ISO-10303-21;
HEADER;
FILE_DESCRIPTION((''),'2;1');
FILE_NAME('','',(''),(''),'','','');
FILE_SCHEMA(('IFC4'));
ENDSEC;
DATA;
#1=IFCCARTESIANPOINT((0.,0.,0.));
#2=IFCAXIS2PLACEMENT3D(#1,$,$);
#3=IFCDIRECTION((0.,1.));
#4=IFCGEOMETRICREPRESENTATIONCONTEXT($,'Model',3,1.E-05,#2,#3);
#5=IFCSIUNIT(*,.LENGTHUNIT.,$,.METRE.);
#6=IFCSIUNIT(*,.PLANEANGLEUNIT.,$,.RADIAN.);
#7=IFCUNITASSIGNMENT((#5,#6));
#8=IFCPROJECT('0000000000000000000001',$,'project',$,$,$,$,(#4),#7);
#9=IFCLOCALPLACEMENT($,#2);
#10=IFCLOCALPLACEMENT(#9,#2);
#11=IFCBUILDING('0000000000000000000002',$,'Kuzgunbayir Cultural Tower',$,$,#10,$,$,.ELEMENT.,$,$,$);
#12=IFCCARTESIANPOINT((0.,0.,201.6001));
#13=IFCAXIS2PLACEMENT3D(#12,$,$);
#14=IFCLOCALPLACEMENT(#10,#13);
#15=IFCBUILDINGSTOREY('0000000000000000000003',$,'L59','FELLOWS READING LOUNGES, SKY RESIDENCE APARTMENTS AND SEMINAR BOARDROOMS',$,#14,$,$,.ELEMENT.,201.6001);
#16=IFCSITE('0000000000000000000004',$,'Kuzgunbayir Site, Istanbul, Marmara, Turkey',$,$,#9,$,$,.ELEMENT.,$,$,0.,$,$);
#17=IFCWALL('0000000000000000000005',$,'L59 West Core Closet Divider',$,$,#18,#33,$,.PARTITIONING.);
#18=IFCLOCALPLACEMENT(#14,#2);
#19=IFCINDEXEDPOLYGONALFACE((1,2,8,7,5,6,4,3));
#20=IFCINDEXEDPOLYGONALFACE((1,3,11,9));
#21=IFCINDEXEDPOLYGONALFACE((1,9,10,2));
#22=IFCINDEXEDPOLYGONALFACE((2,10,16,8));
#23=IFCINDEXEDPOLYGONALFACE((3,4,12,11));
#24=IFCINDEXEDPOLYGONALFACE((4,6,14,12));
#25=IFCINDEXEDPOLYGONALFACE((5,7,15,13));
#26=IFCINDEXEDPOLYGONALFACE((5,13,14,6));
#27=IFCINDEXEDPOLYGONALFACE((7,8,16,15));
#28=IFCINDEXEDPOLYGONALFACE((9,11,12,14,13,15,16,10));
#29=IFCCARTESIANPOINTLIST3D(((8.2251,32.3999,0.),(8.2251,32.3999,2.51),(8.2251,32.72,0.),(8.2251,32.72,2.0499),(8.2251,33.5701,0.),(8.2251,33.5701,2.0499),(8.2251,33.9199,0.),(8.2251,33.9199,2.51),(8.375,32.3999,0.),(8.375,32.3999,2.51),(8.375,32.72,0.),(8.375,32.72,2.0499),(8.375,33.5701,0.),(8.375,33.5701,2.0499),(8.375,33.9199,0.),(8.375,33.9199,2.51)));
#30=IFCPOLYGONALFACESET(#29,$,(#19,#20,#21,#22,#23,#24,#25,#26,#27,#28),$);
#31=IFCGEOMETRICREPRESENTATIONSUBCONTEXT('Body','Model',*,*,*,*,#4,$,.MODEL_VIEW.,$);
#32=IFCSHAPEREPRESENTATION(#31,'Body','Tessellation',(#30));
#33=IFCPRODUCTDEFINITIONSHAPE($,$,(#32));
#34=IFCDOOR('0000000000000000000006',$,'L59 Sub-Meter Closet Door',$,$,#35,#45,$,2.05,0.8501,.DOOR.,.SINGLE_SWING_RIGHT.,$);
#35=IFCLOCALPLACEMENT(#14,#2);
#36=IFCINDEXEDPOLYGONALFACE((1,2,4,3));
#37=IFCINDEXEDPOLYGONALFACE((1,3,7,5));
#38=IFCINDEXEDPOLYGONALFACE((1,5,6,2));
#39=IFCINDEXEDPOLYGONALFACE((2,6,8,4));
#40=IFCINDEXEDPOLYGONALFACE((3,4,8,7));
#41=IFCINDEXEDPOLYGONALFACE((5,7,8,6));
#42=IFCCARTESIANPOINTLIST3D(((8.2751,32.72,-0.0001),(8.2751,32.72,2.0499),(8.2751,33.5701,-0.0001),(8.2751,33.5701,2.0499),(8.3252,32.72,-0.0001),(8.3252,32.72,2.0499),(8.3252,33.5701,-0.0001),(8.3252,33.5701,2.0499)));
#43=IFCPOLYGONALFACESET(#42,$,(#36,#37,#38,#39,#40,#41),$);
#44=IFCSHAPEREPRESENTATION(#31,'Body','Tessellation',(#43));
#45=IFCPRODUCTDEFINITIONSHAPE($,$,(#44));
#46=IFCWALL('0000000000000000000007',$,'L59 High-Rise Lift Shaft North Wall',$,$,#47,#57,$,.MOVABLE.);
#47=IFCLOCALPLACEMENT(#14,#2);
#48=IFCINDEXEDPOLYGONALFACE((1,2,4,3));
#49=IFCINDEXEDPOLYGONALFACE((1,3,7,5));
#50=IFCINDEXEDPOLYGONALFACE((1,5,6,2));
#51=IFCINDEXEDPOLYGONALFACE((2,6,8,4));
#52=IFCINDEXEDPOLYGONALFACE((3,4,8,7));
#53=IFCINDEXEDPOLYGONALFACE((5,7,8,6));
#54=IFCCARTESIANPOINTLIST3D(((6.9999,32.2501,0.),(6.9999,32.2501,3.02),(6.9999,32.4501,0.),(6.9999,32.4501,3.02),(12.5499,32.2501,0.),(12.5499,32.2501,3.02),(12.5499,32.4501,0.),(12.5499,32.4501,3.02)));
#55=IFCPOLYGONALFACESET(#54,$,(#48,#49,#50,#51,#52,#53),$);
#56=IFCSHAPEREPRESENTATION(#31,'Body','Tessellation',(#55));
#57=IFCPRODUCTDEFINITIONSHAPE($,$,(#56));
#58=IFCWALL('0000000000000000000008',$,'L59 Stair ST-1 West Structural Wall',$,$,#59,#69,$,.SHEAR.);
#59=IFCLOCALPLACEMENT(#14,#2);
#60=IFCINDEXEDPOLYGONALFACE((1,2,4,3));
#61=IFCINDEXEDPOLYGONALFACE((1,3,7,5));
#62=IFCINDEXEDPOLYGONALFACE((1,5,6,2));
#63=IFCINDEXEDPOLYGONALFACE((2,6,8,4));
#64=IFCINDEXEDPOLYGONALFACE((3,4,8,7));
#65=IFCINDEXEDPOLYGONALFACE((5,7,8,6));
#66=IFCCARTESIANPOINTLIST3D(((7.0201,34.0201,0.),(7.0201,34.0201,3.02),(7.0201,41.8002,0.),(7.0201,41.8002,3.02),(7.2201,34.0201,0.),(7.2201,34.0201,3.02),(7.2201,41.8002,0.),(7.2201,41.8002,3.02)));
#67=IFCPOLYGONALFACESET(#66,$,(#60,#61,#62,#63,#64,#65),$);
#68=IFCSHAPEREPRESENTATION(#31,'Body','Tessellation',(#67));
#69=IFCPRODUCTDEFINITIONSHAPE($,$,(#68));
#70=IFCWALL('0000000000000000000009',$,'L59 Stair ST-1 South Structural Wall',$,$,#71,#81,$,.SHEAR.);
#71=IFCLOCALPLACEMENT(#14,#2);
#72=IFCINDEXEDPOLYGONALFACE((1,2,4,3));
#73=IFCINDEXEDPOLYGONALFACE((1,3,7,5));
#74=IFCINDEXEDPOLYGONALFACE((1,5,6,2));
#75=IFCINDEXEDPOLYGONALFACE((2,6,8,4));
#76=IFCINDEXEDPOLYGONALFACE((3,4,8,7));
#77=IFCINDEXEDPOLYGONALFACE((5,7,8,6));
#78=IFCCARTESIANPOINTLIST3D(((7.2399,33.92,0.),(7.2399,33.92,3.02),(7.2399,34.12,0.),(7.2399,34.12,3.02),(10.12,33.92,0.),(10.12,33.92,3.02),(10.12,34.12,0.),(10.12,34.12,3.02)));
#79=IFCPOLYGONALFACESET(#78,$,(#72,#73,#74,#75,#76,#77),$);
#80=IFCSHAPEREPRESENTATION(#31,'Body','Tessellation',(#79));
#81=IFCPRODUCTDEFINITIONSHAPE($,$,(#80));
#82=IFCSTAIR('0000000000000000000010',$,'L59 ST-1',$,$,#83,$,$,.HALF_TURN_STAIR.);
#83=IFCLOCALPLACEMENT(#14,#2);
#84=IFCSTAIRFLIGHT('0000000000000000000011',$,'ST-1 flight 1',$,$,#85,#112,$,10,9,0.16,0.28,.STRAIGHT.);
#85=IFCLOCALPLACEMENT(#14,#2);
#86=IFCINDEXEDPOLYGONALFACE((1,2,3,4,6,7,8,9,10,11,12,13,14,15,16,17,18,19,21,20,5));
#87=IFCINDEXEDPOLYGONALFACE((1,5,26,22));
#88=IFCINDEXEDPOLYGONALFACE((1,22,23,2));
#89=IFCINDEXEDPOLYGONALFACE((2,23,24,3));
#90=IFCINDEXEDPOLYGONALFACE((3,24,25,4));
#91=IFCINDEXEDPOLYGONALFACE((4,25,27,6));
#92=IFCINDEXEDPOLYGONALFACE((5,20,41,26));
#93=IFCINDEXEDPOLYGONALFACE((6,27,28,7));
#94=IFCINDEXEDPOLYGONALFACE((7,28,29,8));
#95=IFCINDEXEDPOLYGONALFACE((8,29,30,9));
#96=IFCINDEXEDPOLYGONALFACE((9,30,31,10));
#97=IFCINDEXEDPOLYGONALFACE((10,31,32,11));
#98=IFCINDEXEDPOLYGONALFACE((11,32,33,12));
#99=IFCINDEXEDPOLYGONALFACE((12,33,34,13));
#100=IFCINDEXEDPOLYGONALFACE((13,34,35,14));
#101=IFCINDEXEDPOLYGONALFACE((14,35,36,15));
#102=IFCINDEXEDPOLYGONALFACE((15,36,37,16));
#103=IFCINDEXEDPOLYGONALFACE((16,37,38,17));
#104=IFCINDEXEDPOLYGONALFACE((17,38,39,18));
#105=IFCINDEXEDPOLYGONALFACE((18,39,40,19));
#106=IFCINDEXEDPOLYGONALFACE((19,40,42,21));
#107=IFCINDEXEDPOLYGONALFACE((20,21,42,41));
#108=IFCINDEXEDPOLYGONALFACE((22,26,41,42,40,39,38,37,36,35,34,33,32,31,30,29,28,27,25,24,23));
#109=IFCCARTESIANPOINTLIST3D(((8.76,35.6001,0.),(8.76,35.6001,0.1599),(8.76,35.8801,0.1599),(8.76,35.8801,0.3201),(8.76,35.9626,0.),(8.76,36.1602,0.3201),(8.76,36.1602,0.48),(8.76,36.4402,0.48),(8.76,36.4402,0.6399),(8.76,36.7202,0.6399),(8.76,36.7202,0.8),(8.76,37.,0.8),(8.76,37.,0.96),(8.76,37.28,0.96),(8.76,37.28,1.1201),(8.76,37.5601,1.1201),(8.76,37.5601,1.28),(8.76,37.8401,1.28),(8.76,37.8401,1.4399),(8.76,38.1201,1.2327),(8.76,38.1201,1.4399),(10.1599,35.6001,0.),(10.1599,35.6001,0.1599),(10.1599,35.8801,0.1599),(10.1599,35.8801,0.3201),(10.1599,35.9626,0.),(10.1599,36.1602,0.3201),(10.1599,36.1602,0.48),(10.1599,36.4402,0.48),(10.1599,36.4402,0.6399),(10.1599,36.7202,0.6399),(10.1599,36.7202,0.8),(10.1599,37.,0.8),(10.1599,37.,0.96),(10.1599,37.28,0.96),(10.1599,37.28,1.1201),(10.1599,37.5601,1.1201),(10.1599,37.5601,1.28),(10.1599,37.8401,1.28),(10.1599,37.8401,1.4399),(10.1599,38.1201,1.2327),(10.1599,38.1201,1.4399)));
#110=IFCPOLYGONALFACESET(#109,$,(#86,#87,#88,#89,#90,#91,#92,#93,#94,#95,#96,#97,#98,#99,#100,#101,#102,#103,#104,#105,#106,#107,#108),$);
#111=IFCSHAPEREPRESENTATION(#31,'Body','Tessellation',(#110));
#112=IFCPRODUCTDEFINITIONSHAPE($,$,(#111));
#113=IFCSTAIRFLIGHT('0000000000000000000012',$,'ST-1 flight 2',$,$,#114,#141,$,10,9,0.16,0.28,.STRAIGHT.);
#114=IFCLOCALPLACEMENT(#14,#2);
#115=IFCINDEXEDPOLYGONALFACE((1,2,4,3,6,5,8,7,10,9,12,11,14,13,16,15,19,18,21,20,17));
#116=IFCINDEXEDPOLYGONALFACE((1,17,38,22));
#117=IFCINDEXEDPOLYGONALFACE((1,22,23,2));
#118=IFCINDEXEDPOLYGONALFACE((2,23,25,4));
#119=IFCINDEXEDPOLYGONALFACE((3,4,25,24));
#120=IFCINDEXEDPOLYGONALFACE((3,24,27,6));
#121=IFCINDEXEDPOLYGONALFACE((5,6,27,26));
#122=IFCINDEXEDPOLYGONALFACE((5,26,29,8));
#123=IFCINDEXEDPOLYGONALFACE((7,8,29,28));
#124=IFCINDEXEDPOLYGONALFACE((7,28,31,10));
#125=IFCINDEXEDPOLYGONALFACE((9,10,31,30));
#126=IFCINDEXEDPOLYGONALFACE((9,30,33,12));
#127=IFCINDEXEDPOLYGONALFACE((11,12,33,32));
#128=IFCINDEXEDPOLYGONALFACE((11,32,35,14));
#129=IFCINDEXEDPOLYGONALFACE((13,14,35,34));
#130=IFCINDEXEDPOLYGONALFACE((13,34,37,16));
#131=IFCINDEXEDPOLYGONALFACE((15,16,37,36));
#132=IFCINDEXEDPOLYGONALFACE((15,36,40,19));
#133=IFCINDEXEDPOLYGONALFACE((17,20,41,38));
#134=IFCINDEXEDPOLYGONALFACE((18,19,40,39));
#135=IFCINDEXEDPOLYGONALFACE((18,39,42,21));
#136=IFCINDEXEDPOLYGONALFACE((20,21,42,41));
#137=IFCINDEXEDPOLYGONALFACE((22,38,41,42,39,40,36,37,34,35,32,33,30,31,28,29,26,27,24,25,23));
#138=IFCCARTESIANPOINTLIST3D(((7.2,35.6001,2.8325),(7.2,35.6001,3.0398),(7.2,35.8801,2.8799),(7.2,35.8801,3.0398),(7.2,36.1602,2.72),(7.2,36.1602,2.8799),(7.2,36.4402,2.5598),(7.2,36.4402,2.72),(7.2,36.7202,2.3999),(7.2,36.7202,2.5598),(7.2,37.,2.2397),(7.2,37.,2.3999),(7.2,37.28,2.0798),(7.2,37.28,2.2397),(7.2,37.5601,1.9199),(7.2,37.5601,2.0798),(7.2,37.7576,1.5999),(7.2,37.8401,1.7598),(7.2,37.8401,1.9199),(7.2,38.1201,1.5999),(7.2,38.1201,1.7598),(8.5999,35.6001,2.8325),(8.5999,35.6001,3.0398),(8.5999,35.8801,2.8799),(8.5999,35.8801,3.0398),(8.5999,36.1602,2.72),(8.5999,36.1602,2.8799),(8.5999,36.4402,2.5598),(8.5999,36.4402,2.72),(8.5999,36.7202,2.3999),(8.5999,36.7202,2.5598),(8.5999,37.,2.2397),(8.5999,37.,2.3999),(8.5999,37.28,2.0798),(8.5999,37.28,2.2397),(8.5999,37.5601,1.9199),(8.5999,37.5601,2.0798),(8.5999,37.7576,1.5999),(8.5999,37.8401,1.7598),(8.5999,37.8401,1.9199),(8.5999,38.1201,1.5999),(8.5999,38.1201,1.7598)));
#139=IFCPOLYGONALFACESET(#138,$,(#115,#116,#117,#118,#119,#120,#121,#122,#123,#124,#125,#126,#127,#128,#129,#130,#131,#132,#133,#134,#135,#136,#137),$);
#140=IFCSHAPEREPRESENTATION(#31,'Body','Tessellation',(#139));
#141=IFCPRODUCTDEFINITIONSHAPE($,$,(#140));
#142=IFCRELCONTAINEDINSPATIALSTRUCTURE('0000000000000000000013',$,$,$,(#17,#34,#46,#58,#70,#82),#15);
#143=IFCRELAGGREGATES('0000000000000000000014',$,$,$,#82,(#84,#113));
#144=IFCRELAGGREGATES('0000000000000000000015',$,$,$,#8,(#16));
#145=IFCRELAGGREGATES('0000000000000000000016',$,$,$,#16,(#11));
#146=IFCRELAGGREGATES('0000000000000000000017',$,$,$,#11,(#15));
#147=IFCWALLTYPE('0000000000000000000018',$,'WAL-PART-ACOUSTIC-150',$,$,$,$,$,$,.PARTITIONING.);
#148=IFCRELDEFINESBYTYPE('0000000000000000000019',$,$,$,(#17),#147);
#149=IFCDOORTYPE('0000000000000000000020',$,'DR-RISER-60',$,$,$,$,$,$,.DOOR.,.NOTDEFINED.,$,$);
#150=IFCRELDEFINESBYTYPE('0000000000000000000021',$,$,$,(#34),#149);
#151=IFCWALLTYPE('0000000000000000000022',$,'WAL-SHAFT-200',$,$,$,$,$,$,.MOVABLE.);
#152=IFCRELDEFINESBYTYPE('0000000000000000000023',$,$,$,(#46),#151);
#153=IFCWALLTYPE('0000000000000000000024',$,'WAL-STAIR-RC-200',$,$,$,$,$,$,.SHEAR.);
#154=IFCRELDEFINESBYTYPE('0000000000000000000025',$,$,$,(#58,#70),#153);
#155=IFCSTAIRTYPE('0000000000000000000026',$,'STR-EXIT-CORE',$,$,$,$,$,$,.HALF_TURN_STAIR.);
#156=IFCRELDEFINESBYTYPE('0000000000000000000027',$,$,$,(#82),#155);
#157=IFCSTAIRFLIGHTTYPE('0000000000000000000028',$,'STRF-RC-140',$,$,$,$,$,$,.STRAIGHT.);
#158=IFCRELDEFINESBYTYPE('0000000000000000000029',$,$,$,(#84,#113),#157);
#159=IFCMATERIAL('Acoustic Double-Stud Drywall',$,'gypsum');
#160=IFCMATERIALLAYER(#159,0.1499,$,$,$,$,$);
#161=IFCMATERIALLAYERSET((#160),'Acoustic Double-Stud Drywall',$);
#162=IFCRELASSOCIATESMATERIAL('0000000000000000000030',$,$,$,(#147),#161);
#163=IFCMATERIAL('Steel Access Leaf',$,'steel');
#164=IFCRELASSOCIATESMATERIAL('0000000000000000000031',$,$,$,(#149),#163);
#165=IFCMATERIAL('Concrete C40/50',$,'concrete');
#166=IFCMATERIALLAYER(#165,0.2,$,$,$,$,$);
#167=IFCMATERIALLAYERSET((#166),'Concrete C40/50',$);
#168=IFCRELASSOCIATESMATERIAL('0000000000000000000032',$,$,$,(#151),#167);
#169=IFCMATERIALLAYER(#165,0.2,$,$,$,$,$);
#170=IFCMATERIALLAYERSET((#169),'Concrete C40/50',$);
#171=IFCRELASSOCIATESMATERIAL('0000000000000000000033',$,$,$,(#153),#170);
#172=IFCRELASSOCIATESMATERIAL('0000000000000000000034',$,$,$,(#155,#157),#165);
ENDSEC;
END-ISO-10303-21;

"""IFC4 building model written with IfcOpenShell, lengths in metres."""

from ifc_helpers import new_model, si_unit, direction, frame, frame_2d, origin, place, context, subcontext, project, spatial, polyline, rectangle, outline, extrude, material, layer, layer_set, type_object, element, fill, aggregate, save


model = new_model("IFC4")

# Units and contexts
model_context = context("Model", 3, precision=1e-05, world=origin(), true_north=direction((0.0, 1.0)))
body_context = subcontext(model_context, "Body", "Model", "MODEL_VIEW")
ifc_project = project(units=[si_unit("LENGTHUNIT", "METRE"), si_unit("PLANEANGLEUNIT", "RADIAN")], contexts=[model_context])

# Site, building, storey
site_placement = place(None, origin())
site = spatial("IfcSite", under=ifc_project, at=site_placement, Name="Kuzgunbayir Site, Istanbul, Marmara, Turkey", CompositionType="ELEMENT", RefElevation=0.0)
building_placement = place(site_placement, origin())
building = spatial("IfcBuilding", under=site, at=building_placement, Name="Kuzgunbayir Cultural Tower", CompositionType="ELEMENT")
storey_placement = place(building_placement, frame((0.0, 0.0, 201.6001)))
storey = spatial("IfcBuildingStorey", under=building, at=storey_placement, Name="L59", Description="FELLOWS READING LOUNGES, SKY RESIDENCE APARTMENTS AND SEMINAR BOARDROOMS", CompositionType="ELEMENT", Elevation=201.6001)

# Wall, opening, door
ifc_material_1 = material(Name="Acoustic Double-Stud Drywall", Category="gypsum")
ifc_layer_1 = layer(ifc_material_1, 0.1499)
ifc_layer_set_1 = layer_set([ifc_layer_1], Name="Acoustic Double-Stud Drywall")
wall_type_1 = type_object("IfcWallType", Name="WAL-PART-ACOUSTIC-150", PredefinedType="PARTITIONING", material=ifc_layer_set_1)
wall_1_placement = place(storey_placement, frame((8.3, 32.3999, 0.0), z_axis=(0.0, 0.0, 1.0), x_axis=(0.0, 1.0, 0.0)))
wall_1 = element("IfcWall", 1, at=wall_1_placement, inside=storey, type_object=wall_type_1, Name="L59 West Core Closet Divider", PredefinedType="PARTITIONING", context=body_context, shape_type="SweptSolid", body=[
    extrude(rectangle(XDim=1.52, YDim=0.1499, at=frame_2d((0.76, 0.0))), origin(), (0.0, 0.0, 1.0), 2.51),
])
opening_1_placement = place(wall_1_placement, frame((0.3201, 0.0, 0.0)))
opening_1 = element("IfcOpeningElement", 2, at=opening_1_placement, cuts=wall_1, PredefinedType="OPENING", context=body_context, shape_type="SweptSolid", body=[
    extrude(rectangle(XDim=0.8501, YDim=2.05, at=frame_2d((0.425, 1.0249))), frame((0.0, 0.085, 0.0), z_axis=(0.0, -1.0, 0.0), x_axis=(1.0, 0.0, 0.0)), (0.0, 0.0, 1.0), 0.1699),
])
ifc_material_2 = material(Name="Steel Access Leaf", Category="steel")
door_type_1 = type_object("IfcDoorType", Name="DR-RISER-60", OperationType="NOTDEFINED", PredefinedType="DOOR", material=ifc_material_2)
door_1_placement = place(opening_1_placement, origin())
door_1 = element("IfcDoor", 3, at=door_1_placement, inside=storey, type_object=door_type_1, Name="L59 Sub-Meter Closet Door", OperationType="SINGLE_SWING_RIGHT", OverallHeight=2.05, OverallWidth=0.8501, PredefinedType="DOOR", context=body_context, shape_type="SweptSolid", body=[
    extrude(rectangle(XDim=0.8501, YDim=2.05, at=frame_2d((0.425, 1.0249))), frame((0.0, 0.0249, 0.0), z_axis=(0.0, -1.0, 0.0), x_axis=(1.0, 0.0, 0.0)), (0.0, 0.0, 1.0), 0.05),
])
fill(opening_1, door_1)

# Walls
ifc_material_3 = material(Name="Concrete C40/50", Category="concrete")
ifc_layer_2 = layer(ifc_material_3, 0.2)
ifc_layer_set_2 = layer_set([ifc_layer_2], Name="Concrete C40/50")
wall_type_2 = type_object("IfcWallType", Name="WAL-SHAFT-200", PredefinedType="MOVABLE", material=ifc_layer_set_2)
wall_2_placement = place(storey_placement, frame((7.0, 32.3501, 0.0), z_axis=(0.0, 0.0, 1.0), x_axis=(1.0, 0.0, 0.0)))
element("IfcWall", 4, at=wall_2_placement, inside=storey, type_object=wall_type_2, Name="L59 High-Rise Lift Shaft North Wall", PredefinedType="MOVABLE", context=body_context, shape_type="SweptSolid", body=[
    extrude(rectangle(XDim=5.55, YDim=0.2, at=frame_2d((2.7749, 0.0))), origin(), (0.0, 0.0, 1.0), 3.02),
])
ifc_layer_3 = layer(ifc_material_3, 0.2)
ifc_layer_set_3 = layer_set([ifc_layer_3], Name="Concrete C40/50")
wall_type_3 = type_object("IfcWallType", Name="WAL-STAIR-RC-200", PredefinedType="SHEAR", material=ifc_layer_set_3)
wall_3_placement = place(storey_placement, frame((7.1201, 34.02, 0.0), z_axis=(0.0, 0.0, 1.0), x_axis=(0.0, 1.0, 0.0)))
element("IfcWall", 5, at=wall_3_placement, inside=storey, type_object=wall_type_3, Name="L59 Stair ST-1 West Structural Wall", PredefinedType="SHEAR", context=body_context, shape_type="SweptSolid", body=[
    extrude(rectangle(XDim=7.78, YDim=0.2, at=frame_2d((3.8901, 0.0))), origin(), (0.0, 0.0, 1.0), 3.02),
])
wall_4_placement = place(storey_placement, frame((7.24, 34.02, 0.0), z_axis=(0.0, 0.0, 1.0), x_axis=(1.0, 0.0, 0.0)))
element("IfcWall", 6, at=wall_4_placement, inside=storey, type_object=wall_type_3, Name="L59 Stair ST-1 South Structural Wall", PredefinedType="SHEAR", context=body_context, shape_type="SweptSolid", body=[
    extrude(rectangle(XDim=2.8801, YDim=0.2, at=frame_2d((1.4399, 0.0))), origin(), (0.0, 0.0, 1.0), 3.02),
])

# Stair, stair flights
stair_type = type_object("IfcStairType", Name="STR-EXIT-CORE", PredefinedType="HALF_TURN_STAIR", material=ifc_material_3)
stair_placement = place(storey_placement, origin())
stair = element("IfcStair", 7, at=stair_placement, inside=storey, type_object=stair_type, Name="L59 ST-1", PredefinedType="HALF_TURN_STAIR")
stair_flight_type = type_object("IfcStairFlightType", Name="STRF-RC-140", PredefinedType="STRAIGHT", material=ifc_material_3)
stair_flight_1_placement = place(storey_placement, frame((9.46, 35.6001, 0.0), z_axis=(0.0, 0.0, 1.0), x_axis=(0.0, 1.0, 0.0)))
stair_flight_1 = element("IfcStairFlight", 8, at=stair_flight_1_placement, type_object=stair_flight_type, Name="ST-1 flight 1", NumberOfRisers=10, NumberOfTreads=9, PredefinedType="STRAIGHT", RiserHeight=0.16, TreadLength=0.28, context=body_context, shape_type="SweptSolid", body=[
    extrude(outline(polyline([(0.0, 0.0), (0.0, 0.1599), (0.28, 0.1599), (0.28, 0.3201), (0.5601, 0.3201), (0.5601, 0.48), (0.8401, 0.48), (0.8401, 0.6399), (1.1201, 0.6399), (1.1201, 0.8), (1.3999, 0.8), (1.3999, 0.96), (1.6799, 0.96), (1.6799, 1.1201), (1.96, 1.1201), (1.96, 1.28), (2.24, 1.28), (2.24, 1.4399), (2.52, 1.4399), (2.52, 1.6001), (2.52, 1.2327), (0.3625, 0.0), (0.0, 0.0)])), frame((0.0, 0.7, 0.0), z_axis=(0.0, -1.0, 0.0), x_axis=(1.0, 0.0, 0.0)), (0.0, 0.0, 1.0), 1.3999),
])
stair_flight_2_placement = place(storey_placement, frame((7.8999, 38.1201, 1.5999), z_axis=(0.0, 0.0, 1.0), x_axis=(0.0, -1.0, 0.0)))
stair_flight_2 = element("IfcStairFlight", 9, at=stair_flight_2_placement, type_object=stair_flight_type, Name="ST-1 flight 2", NumberOfRisers=10, NumberOfTreads=9, PredefinedType="STRAIGHT", RiserHeight=0.16, TreadLength=0.28, context=body_context, shape_type="SweptSolid", body=[
    extrude(outline(polyline([(0.0, 0.0), (0.0, 0.1599), (0.28, 0.1599), (0.28, 0.3201), (0.5601, 0.3201), (0.5601, 0.48), (0.8401, 0.48), (0.8401, 0.6399), (1.1201, 0.6399), (1.1201, 0.8), (1.3999, 0.8), (1.3999, 0.96), (1.6799, 0.96), (1.6799, 1.1201), (1.96, 1.1201), (1.96, 1.28), (2.24, 1.28), (2.24, 1.4399), (2.52, 1.4399), (2.52, 1.6001), (2.52, 1.2327), (0.3625, 0.0), (0.0, 0.0)])), frame((0.0, 0.7, 0.0), z_axis=(0.0, -1.0, 0.0), x_axis=(1.0, 0.0, 0.0)), (0.0, 0.0, 1.0), 1.3999),
])
aggregate(stair, [stair_flight_1, stair_flight_2])

save(model, "model.ifc")
